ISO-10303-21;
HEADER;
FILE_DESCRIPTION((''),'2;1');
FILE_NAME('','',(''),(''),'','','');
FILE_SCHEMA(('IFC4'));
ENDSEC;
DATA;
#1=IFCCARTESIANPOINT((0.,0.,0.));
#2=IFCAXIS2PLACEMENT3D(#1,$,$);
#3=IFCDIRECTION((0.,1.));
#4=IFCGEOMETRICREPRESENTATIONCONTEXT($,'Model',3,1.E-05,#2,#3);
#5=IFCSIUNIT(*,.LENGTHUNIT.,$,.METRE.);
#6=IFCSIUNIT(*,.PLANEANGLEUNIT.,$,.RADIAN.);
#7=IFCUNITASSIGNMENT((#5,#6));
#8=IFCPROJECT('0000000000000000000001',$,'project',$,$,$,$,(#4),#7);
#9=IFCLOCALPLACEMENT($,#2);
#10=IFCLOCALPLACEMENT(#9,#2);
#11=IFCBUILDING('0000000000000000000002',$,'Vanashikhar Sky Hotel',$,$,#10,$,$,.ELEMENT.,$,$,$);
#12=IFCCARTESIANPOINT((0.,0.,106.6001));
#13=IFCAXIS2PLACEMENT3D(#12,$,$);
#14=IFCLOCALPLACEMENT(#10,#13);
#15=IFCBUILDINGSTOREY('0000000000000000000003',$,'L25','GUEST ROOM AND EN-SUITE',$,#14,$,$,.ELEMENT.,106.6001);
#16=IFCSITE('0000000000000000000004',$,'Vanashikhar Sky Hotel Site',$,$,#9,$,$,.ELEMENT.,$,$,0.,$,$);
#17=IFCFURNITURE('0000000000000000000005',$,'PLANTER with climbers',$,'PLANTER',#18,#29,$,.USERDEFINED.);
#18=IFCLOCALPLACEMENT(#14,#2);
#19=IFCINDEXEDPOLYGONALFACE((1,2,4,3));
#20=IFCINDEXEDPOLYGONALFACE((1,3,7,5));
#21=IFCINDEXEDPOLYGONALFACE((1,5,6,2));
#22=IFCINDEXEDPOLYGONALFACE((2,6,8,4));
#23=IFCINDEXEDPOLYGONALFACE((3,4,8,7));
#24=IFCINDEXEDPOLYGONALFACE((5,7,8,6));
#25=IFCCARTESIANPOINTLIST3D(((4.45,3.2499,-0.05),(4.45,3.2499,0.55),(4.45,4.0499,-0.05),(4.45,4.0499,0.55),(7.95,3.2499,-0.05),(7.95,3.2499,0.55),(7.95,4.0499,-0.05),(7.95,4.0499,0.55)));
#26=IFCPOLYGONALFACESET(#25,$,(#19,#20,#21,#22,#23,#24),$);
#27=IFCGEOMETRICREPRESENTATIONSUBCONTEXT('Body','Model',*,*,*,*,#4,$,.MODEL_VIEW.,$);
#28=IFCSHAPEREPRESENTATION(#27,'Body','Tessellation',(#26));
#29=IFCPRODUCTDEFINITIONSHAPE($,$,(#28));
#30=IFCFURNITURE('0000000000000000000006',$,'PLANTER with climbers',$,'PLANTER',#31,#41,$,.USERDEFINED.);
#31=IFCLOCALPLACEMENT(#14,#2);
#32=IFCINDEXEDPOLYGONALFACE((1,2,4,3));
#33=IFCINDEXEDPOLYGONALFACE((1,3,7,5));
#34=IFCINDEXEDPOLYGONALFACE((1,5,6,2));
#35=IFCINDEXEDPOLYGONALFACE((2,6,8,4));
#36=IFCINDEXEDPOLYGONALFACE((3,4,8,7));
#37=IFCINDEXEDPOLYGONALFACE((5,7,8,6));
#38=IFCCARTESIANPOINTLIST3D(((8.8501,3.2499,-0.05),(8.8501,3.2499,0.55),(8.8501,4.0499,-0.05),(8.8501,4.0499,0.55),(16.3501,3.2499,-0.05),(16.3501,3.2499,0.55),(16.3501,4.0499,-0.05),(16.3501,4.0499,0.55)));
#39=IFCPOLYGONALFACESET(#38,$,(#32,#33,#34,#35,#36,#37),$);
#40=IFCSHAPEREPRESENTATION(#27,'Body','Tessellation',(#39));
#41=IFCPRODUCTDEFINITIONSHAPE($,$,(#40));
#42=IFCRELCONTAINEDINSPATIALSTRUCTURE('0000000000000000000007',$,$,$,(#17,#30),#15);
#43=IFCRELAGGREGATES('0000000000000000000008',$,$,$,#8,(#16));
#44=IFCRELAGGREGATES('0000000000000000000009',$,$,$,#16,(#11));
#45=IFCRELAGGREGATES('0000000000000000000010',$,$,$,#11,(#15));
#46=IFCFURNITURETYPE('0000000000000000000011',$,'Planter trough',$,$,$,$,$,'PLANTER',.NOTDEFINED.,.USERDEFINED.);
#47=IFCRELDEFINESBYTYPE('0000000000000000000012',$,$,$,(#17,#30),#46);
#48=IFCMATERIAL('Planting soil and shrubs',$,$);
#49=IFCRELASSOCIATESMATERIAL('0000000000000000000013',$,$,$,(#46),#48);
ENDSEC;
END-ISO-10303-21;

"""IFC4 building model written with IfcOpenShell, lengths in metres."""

from ifc_helpers import new_model, si_unit, direction, frame, origin, origin_2d, place, context, subcontext, project, spatial, rectangle, extrude, source, transform, mapped, material, type_object, element, save


model = new_model("IFC4")

# Units and contexts
model_context = context("Model", 3, precision=1e-05, world=origin(), true_north=direction((0.0, 1.0)))
body_context = subcontext(model_context, "Body", "Model", "MODEL_VIEW")
ifc_project = project(units=[si_unit("LENGTHUNIT", "METRE"), si_unit("PLANEANGLEUNIT", "RADIAN")], contexts=[model_context])

# Site, building, storey
site_placement = place(None, origin())
site = spatial("IfcSite", under=ifc_project, at=site_placement, Name="Vanashikhar Sky Hotel Site", CompositionType="ELEMENT", RefElevation=0.0)
building_placement = place(site_placement, origin())
building = spatial("IfcBuilding", under=site, at=building_placement, Name="Vanashikhar Sky Hotel", CompositionType="ELEMENT")
storey_placement = place(building_placement, frame((0.0, 0.0, 106.6001)))
storey = spatial("IfcBuildingStorey", under=building, at=storey_placement, Name="L25", Description="GUEST ROOM AND EN-SUITE", CompositionType="ELEMENT", Elevation=106.6001)

# Furniture
ifc_material_1 = material(Name="Planting soil and shrubs")
furniture_type = type_object("IfcFurnitureType", Name="Planter trough", ElementType="PLANTER", AssemblyPlace="NOTDEFINED", PredefinedType="USERDEFINED", material=ifc_material_1)
shared_shape_1 = source(origin(), body_context, "Body", "SweptSolid", [
    extrude(rectangle(XDim=3.5, YDim=0.8, at=origin_2d()), origin(), (0.0, 0.0, 1.0), 0.6001),
])
furniture_1_placement = place(storey_placement, frame((6.2, 3.6499, -0.05), z_axis=(0.0, 0.0, 1.0), x_axis=(1.0, 0.0, 0.0)))
element("IfcFurniture", 1, at=furniture_1_placement, inside=storey, type_object=furniture_type, Name="PLANTER with climbers", ObjectType="PLANTER", PredefinedType="USERDEFINED", context=body_context, shape_type="MappedRepresentation", body=[
    mapped(shared_shape_1, transform((0.0, 0.0, 0.0), scale=1.0)),
])
shared_shape_2 = source(origin(), body_context, "Body", "SweptSolid", [
    extrude(rectangle(XDim=7.5, YDim=0.8, at=origin_2d()), origin(), (0.0, 0.0, 1.0), 0.6001),
])
furniture_2_placement = place(storey_placement, frame((12.6001, 3.6499, -0.05), z_axis=(0.0, 0.0, 1.0), x_axis=(1.0, 0.0, 0.0)))
element("IfcFurniture", 2, at=furniture_2_placement, inside=storey, type_object=furniture_type, Name="PLANTER with climbers", ObjectType="PLANTER", PredefinedType="USERDEFINED", context=body_context, shape_type="MappedRepresentation", body=[
    mapped(shared_shape_2, transform((0.0, 0.0, 0.0), scale=1.0)),
])

save(model, "model.ifc")
